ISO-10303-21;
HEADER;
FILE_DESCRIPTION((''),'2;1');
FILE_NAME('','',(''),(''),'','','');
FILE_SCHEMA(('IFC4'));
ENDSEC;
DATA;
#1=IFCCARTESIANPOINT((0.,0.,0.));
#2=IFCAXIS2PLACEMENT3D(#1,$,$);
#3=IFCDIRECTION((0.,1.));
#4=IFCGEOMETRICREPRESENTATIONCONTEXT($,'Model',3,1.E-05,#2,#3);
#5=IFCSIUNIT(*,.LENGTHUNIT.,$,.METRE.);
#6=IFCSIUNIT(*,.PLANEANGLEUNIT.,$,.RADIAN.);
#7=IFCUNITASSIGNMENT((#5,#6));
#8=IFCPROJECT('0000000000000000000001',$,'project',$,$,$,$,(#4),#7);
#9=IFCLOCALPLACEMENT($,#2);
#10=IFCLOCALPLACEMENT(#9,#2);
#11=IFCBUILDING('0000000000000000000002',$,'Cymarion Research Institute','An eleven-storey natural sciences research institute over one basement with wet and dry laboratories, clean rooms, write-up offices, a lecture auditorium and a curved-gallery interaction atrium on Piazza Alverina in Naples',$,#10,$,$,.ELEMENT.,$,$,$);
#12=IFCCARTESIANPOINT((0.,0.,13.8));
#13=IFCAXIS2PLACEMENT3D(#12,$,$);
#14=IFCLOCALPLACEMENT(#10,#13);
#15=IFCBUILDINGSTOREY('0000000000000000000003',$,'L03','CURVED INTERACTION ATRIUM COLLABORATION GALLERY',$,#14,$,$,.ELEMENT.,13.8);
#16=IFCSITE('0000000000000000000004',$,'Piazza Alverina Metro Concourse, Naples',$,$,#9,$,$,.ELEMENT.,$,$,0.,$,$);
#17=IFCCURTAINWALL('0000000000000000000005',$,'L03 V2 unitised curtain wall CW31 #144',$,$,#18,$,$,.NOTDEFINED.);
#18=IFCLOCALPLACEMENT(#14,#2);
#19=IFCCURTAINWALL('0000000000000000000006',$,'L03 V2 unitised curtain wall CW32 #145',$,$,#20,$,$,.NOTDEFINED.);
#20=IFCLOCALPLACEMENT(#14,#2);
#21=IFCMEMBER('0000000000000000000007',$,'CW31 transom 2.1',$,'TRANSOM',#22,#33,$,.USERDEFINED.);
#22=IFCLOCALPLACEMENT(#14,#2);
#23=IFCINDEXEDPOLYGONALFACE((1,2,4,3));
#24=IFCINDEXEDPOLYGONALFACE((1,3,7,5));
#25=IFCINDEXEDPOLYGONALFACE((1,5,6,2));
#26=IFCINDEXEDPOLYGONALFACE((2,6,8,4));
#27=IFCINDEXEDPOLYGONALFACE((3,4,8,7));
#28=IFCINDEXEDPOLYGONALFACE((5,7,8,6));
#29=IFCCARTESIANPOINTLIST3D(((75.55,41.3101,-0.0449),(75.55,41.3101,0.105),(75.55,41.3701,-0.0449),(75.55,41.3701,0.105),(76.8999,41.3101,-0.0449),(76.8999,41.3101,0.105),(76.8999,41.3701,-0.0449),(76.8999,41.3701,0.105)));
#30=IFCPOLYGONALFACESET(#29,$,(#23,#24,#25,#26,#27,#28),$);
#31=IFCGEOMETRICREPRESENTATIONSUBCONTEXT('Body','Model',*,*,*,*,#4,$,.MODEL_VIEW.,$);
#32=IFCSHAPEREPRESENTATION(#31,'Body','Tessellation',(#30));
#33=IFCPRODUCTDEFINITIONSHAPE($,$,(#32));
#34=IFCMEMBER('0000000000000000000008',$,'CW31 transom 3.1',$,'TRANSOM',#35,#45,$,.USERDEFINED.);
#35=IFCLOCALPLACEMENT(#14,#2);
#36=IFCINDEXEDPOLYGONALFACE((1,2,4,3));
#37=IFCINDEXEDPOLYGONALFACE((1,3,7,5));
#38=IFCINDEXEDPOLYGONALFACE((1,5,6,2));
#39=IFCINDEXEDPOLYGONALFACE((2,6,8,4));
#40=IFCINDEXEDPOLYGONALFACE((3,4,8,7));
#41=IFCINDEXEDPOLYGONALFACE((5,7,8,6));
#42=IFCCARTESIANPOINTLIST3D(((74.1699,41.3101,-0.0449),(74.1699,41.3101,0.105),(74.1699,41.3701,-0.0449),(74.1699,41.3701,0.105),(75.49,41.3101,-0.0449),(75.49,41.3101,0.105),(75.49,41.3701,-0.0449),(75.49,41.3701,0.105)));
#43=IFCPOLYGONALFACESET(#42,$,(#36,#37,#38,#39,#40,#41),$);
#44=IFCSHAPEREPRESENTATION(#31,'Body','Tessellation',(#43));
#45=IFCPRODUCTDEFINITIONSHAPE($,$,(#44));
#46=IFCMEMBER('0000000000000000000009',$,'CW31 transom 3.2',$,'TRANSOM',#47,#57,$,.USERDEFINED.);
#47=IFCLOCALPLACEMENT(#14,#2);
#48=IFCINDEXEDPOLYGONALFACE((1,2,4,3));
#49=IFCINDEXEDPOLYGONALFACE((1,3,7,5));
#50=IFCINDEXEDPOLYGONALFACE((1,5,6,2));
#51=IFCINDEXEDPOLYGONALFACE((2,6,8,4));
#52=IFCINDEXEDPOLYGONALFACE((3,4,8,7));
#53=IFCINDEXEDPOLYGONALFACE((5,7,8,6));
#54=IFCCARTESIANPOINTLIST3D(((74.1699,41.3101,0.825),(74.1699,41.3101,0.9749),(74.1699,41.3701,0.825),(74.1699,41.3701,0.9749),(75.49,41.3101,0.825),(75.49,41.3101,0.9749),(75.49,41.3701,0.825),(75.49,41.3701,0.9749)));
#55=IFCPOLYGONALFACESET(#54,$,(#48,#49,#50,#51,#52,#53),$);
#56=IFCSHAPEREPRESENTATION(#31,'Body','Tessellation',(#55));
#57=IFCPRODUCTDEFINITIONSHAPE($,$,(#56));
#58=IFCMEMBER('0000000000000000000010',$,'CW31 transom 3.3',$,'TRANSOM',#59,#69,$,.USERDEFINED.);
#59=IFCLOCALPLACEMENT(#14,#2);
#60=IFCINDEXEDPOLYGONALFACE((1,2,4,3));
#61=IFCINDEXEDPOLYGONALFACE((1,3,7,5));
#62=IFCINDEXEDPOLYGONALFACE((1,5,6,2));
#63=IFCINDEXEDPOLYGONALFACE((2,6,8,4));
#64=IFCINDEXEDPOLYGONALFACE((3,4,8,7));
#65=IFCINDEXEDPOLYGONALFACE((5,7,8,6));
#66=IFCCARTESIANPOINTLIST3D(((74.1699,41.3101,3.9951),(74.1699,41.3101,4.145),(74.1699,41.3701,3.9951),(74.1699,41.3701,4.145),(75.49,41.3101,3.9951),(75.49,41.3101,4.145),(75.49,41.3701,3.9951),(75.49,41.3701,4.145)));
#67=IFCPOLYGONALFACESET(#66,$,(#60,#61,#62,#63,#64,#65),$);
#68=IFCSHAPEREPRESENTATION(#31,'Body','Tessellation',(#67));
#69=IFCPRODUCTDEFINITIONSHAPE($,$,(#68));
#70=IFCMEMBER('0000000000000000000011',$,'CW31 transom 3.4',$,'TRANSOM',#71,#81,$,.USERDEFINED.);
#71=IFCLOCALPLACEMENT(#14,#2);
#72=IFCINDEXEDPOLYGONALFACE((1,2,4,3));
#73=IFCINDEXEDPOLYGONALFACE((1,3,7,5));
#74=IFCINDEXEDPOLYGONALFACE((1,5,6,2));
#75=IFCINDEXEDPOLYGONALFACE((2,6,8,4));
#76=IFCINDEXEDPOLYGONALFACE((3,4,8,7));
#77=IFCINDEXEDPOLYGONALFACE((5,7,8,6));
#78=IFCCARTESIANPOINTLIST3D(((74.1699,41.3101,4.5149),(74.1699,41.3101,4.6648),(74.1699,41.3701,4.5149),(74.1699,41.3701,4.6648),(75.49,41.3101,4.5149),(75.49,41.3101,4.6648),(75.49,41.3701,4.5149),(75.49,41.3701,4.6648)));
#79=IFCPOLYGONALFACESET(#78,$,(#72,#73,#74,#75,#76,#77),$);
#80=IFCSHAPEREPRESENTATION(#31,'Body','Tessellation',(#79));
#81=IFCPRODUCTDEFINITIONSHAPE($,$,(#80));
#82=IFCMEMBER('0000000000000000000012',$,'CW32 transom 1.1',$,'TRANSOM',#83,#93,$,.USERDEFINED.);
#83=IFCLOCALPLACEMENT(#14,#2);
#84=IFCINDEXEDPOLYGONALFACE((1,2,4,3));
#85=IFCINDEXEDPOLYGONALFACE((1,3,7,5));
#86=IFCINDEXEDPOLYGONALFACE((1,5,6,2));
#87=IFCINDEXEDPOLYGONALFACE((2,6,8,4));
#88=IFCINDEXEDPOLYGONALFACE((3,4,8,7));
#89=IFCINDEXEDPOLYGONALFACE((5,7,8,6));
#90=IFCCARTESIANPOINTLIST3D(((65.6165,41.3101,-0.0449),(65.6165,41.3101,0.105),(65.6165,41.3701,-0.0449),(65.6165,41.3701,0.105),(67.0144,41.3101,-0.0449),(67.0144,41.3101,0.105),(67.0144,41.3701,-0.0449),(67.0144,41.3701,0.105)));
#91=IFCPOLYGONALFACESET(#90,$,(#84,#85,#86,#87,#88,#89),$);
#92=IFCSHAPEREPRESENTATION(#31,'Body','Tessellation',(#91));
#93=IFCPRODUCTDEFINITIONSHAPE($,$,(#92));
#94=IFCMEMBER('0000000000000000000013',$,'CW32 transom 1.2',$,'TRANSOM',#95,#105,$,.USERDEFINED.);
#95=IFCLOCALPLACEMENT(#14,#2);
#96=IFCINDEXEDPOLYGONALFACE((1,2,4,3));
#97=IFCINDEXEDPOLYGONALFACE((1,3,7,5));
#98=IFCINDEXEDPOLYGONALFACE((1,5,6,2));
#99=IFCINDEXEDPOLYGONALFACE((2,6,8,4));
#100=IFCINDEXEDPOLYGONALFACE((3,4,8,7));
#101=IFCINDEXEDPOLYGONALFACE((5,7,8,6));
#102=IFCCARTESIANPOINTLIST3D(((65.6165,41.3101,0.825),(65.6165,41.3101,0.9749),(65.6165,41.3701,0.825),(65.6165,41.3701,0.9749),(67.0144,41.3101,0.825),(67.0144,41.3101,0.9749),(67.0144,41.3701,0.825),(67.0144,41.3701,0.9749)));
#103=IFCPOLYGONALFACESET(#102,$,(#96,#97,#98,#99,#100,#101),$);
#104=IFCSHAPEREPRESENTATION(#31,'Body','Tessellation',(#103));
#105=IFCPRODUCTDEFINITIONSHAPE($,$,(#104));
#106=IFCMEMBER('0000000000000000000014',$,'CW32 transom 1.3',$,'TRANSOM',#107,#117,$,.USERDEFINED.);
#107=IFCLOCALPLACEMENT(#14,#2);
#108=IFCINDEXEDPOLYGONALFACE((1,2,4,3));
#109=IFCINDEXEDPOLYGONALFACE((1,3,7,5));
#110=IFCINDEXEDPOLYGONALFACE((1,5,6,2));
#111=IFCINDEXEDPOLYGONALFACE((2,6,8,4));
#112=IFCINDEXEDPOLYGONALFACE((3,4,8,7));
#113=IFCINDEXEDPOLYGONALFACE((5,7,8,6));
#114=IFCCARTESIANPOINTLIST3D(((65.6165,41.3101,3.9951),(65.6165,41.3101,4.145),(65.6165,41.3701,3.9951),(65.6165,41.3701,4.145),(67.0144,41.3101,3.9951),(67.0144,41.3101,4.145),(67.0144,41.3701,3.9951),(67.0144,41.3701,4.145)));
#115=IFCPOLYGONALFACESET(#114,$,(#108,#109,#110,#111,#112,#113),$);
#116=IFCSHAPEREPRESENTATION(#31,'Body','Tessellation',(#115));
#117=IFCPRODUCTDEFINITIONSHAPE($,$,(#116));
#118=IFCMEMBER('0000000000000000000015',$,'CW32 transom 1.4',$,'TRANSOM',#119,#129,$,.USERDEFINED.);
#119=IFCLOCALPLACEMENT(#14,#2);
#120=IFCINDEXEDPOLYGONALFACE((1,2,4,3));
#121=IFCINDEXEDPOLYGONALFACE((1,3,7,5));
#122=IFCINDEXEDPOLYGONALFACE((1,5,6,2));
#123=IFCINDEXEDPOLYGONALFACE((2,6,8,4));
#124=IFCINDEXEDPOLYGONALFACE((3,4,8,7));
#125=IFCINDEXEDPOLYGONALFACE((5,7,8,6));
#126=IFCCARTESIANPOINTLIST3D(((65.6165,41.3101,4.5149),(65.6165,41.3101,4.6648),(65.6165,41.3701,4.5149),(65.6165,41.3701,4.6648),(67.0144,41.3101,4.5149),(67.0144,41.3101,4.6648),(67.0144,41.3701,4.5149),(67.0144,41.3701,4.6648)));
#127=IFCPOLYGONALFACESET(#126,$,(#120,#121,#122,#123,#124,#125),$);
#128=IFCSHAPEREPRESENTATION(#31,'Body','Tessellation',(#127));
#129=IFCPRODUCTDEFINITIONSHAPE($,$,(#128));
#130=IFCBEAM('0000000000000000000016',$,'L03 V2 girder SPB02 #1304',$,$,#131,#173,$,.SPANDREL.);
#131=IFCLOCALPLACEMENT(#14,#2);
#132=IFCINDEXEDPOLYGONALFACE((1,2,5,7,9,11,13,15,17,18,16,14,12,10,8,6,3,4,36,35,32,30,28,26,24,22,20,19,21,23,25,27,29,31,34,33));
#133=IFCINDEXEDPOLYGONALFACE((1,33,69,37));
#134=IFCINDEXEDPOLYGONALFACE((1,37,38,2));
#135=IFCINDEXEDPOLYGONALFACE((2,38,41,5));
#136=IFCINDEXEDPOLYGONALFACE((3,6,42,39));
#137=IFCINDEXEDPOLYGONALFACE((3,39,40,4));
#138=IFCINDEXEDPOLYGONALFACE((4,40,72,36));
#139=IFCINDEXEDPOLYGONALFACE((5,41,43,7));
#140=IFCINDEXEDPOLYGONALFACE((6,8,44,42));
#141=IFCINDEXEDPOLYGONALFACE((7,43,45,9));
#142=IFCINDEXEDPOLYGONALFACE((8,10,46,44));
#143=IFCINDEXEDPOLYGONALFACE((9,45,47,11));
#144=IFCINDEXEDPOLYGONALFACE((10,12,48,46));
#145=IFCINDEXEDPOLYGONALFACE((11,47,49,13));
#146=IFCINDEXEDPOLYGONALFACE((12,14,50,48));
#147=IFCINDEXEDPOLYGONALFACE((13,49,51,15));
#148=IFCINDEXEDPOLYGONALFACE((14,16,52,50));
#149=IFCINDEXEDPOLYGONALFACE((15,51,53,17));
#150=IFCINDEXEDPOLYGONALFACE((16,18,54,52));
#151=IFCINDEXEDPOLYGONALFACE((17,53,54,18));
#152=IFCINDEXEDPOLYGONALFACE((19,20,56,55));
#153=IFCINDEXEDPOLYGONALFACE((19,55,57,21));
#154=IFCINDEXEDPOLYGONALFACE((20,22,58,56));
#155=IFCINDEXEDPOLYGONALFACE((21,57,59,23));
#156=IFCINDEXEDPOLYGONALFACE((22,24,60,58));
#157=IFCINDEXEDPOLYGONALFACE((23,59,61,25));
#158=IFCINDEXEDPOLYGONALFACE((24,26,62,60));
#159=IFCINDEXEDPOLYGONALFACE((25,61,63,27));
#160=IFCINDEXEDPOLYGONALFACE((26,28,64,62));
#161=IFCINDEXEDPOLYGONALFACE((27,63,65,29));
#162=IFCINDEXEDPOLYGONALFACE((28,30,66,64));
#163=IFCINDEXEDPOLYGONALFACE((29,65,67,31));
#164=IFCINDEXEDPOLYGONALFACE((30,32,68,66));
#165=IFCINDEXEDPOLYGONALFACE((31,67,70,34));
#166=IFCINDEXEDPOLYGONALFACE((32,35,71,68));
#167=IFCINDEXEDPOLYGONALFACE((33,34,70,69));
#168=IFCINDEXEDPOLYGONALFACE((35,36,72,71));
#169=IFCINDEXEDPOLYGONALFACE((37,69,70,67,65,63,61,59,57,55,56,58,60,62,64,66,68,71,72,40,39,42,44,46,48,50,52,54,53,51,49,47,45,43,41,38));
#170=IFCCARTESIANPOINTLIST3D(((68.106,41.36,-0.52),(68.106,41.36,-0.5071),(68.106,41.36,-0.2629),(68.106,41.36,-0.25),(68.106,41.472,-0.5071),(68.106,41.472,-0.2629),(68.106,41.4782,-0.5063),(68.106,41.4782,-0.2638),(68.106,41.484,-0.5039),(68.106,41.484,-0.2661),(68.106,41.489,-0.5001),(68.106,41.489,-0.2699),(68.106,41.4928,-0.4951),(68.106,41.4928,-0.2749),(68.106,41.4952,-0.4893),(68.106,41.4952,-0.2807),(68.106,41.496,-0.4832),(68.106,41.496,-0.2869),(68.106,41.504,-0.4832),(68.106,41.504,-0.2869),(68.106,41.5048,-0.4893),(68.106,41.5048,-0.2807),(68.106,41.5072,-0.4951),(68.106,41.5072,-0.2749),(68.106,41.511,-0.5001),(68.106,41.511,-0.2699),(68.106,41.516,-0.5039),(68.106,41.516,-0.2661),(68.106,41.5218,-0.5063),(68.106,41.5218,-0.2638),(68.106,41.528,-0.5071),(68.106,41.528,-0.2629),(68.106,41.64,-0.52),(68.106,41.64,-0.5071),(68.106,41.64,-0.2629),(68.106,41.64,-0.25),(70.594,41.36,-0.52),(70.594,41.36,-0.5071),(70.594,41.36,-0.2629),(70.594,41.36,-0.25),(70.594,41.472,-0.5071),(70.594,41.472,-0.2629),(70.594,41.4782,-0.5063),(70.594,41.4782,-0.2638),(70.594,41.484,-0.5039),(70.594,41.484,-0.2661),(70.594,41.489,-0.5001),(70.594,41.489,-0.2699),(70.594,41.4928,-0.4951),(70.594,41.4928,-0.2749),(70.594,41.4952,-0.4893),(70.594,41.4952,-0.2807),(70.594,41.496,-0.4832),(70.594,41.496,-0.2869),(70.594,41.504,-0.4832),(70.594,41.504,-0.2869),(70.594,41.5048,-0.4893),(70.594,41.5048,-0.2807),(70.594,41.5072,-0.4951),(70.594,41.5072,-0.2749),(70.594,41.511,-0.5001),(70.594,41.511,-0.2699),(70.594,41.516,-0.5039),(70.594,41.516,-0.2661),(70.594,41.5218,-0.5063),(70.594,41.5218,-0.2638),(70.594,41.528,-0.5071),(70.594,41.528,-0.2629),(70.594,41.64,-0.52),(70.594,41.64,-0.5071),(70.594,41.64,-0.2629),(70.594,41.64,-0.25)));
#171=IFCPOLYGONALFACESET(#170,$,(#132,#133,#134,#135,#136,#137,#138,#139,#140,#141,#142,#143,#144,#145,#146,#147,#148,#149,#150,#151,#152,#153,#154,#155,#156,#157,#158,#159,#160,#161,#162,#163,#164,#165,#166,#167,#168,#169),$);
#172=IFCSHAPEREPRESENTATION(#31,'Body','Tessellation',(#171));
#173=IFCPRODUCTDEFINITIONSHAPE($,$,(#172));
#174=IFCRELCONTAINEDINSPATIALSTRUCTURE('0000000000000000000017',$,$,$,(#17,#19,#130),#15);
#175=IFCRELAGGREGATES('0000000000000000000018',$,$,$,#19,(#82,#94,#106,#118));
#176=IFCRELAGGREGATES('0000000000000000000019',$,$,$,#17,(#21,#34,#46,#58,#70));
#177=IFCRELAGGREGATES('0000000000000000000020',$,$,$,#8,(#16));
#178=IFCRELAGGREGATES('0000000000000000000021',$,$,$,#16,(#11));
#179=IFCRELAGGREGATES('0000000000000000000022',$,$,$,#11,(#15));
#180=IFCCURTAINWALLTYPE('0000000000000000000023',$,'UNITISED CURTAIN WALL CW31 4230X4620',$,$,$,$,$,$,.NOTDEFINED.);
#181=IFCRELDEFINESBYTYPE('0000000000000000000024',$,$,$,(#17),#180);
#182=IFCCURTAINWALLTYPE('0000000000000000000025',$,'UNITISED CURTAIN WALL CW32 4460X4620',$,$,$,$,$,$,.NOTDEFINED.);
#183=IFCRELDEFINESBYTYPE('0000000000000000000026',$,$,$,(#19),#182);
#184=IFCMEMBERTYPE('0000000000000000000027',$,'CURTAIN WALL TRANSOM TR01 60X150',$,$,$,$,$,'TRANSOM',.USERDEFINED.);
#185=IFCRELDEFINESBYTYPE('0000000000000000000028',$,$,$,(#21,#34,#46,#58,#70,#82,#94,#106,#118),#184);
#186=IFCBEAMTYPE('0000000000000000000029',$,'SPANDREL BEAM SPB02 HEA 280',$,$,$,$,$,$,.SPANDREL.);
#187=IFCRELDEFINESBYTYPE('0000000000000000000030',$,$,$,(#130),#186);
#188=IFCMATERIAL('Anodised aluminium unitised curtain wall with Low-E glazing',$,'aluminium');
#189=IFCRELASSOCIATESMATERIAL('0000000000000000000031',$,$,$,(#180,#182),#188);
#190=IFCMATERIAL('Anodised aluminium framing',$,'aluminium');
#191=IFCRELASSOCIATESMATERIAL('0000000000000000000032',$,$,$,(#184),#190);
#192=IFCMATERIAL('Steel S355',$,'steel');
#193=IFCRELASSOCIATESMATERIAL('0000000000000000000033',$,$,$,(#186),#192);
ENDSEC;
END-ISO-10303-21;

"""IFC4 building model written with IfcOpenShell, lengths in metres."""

from ifc_helpers import new_model, si_unit, direction, frame, origin, origin_2d, place, context, subcontext, project, spatial, rectangle, i_section, extrude, material, material_profile, profile_set, type_object, element, aggregate, save


model = new_model("IFC4")

# Units and contexts
model_context = context("Model", 3, precision=1e-05, world=origin(), true_north=direction((0.0, 1.0)))
body_context = subcontext(model_context, "Body", "Model", "MODEL_VIEW")
ifc_project = project(units=[si_unit("LENGTHUNIT", "METRE"), si_unit("PLANEANGLEUNIT", "RADIAN")], contexts=[model_context])

# Site, building, storey
site_placement = place(None, origin())
site = spatial("IfcSite", under=ifc_project, at=site_placement, Name="Piazza Alverina Metro Concourse, Naples", CompositionType="ELEMENT", RefElevation=0.0)
building_placement = place(site_placement, origin())
building = spatial("IfcBuilding", under=site, at=building_placement, Name="Cymarion Research Institute", Description="An eleven-storey natural sciences research institute over one basement with wet and dry laboratories, clean rooms, write-up offices, a lecture auditorium and a curved-gallery interaction atrium on Piazza Alverina in Naples", CompositionType="ELEMENT")
storey_placement = place(building_placement, frame((0.0, 0.0, 13.8)))
storey = spatial("IfcBuildingStorey", under=building, at=storey_placement, Name="L03", Description="CURVED INTERACTION ATRIUM COLLABORATION GALLERY", CompositionType="ELEMENT", Elevation=13.8)

# Shared definitions
ifc_material_1 = material(Name="Steel S355", Category="steel")

# Curtain wall
ifc_material_2 = material(Name="Anodised aluminium unitised curtain wall with Low-E glazing", Category="aluminium")
curtain_wall_type_1 = type_object("IfcCurtainWallType", Name="UNITISED CURTAIN WALL CW31 4230X4620", PredefinedType="NOTDEFINED", material=ifc_material_2)
curtain_wall_1_placement = place(storey_placement, origin())
curtain_wall_1 = element("IfcCurtainWall", 1, at=curtain_wall_1_placement, inside=storey, type_object=curtain_wall_type_1, Name="L03 V2 unitised curtain wall CW31 #144", PredefinedType="NOTDEFINED")
ifc_material_3 = material(Name="Anodised aluminium framing", Category="aluminium")

# Curtain wall
curtain_wall_type_2 = type_object("IfcCurtainWallType", Name="UNITISED CURTAIN WALL CW32 4460X4620", PredefinedType="NOTDEFINED", material=ifc_material_2)
curtain_wall_2_placement = place(storey_placement, origin())
curtain_wall_2 = element("IfcCurtainWall", 2, at=curtain_wall_2_placement, inside=storey, type_object=curtain_wall_type_2, Name="L03 V2 unitised curtain wall CW32 #145", PredefinedType="NOTDEFINED")

# Members
ifc_material_profile_1 = material_profile(ifc_material_3, rectangle(XDim=0.0601, YDim=0.1499, at=origin_2d()), Name="ALU TRANSOM 60x150")
ifc_profile_set_1 = profile_set([ifc_material_profile_1], Name="Anodised aluminium framing")
member_type_1 = type_object("IfcMemberType", Name="CURTAIN WALL TRANSOM TR01 60X150", ElementType="TRANSOM", PredefinedType="USERDEFINED", material=ifc_profile_set_1)
member_1_placement = place(storey_placement, frame((76.8999, 41.3401, 0.03), z_axis=(-1.0, 0.0, 0.0), x_axis=(0.0, -1.0, 0.0)))
member_1 = element("IfcMember", 3, at=member_1_placement, type_object=member_type_1, Name="CW31 transom 2.1", ObjectType="TRANSOM", PredefinedType="USERDEFINED", context=body_context, shape_type="SweptSolid", body=[
    extrude(rectangle(XDim=0.0601, YDim=0.1499, at=origin_2d()), origin(), (0.0, 0.0, 1.0), 1.3499),
])
member_2_placement = place(storey_placement, frame((75.49, 41.3401, 0.03), z_axis=(-1.0, 0.0, 0.0), x_axis=(0.0, -1.0, 0.0)))
member_2 = element("IfcMember", 4, at=member_2_placement, type_object=member_type_1, Name="CW31 transom 3.1", ObjectType="TRANSOM", PredefinedType="USERDEFINED", context=body_context, shape_type="SweptSolid", body=[
    extrude(rectangle(XDim=0.0601, YDim=0.1499, at=origin_2d()), origin(), (0.0, 0.0, 1.0), 1.3201),
])
member_3_placement = place(storey_placement, frame((75.49, 41.3401, 0.8999), z_axis=(-1.0, 0.0, 0.0), x_axis=(0.0, -1.0, 0.0)))
member_3 = element("IfcMember", 5, at=member_3_placement, type_object=member_type_1, Name="CW31 transom 3.2", ObjectType="TRANSOM", PredefinedType="USERDEFINED", context=body_context, shape_type="SweptSolid", body=[
    extrude(rectangle(XDim=0.0601, YDim=0.1499, at=origin_2d()), origin(), (0.0, 0.0, 1.0), 1.3201),
])
member_4_placement = place(storey_placement, frame((75.49, 41.3401, 4.0701), z_axis=(-1.0, 0.0, 0.0), x_axis=(0.0, -1.0, 0.0)))
member_4 = element("IfcMember", 6, at=member_4_placement, type_object=member_type_1, Name="CW31 transom 3.3", ObjectType="TRANSOM", PredefinedType="USERDEFINED", context=body_context, shape_type="SweptSolid", body=[
    extrude(rectangle(XDim=0.0601, YDim=0.1499, at=origin_2d()), origin(), (0.0, 0.0, 1.0), 1.3201),
])
member_5_placement = place(storey_placement, frame((75.49, 41.3401, 4.5898), z_axis=(-1.0, 0.0, 0.0), x_axis=(0.0, -1.0, 0.0)))
member_5 = element("IfcMember", 7, at=member_5_placement, type_object=member_type_1, Name="CW31 transom 3.4", ObjectType="TRANSOM", PredefinedType="USERDEFINED", context=body_context, shape_type="SweptSolid", body=[
    extrude(rectangle(XDim=0.0601, YDim=0.1499, at=origin_2d()), origin(), (0.0, 0.0, 1.0), 1.3201),
])
member_6_placement = place(storey_placement, frame((67.0144, 41.3401, 0.03), z_axis=(-1.0, 0.0, 0.0), x_axis=(0.0, -1.0, 0.0)))
member_6 = element("IfcMember", 8, at=member_6_placement, type_object=member_type_1, Name="CW32 transom 1.1", ObjectType="TRANSOM", PredefinedType="USERDEFINED", context=body_context, shape_type="SweptSolid", body=[
    extrude(rectangle(XDim=0.0601, YDim=0.1499, at=origin_2d()), origin(), (0.0, 0.0, 1.0), 1.3979),
])
member_7_placement = place(storey_placement, frame((67.0144, 41.3401, 0.8999), z_axis=(-1.0, 0.0, 0.0), x_axis=(0.0, -1.0, 0.0)))
member_7 = element("IfcMember", 9, at=member_7_placement, type_object=member_type_1, Name="CW32 transom 1.2", ObjectType="TRANSOM", PredefinedType="USERDEFINED", context=body_context, shape_type="SweptSolid", body=[
    extrude(rectangle(XDim=0.0601, YDim=0.1499, at=origin_2d()), origin(), (0.0, 0.0, 1.0), 1.3979),
])
member_8_placement = place(storey_placement, frame((67.0144, 41.3401, 4.0701), z_axis=(-1.0, 0.0, 0.0), x_axis=(0.0, -1.0, 0.0)))
member_8 = element("IfcMember", 10, at=member_8_placement, type_object=member_type_1, Name="CW32 transom 1.3", ObjectType="TRANSOM", PredefinedType="USERDEFINED", context=body_context, shape_type="SweptSolid", body=[
    extrude(rectangle(XDim=0.0601, YDim=0.1499, at=origin_2d()), origin(), (0.0, 0.0, 1.0), 1.3979),
])
member_9_placement = place(storey_placement, frame((67.0144, 41.3401, 4.5898), z_axis=(-1.0, 0.0, 0.0), x_axis=(0.0, -1.0, 0.0)))
member_9 = element("IfcMember", 11, at=member_9_placement, type_object=member_type_1, Name="CW32 transom 1.4", ObjectType="TRANSOM", PredefinedType="USERDEFINED", context=body_context, shape_type="SweptSolid", body=[
    extrude(rectangle(XDim=0.0601, YDim=0.1499, at=origin_2d()), origin(), (0.0, 0.0, 1.0), 1.3979),
])
aggregate(curtain_wall_2, [member_6, member_7, member_8, member_9])

# Beam
ifc_material_profile_2 = material_profile(ifc_material_1, i_section(OverallWidth=0.28, OverallDepth=0.27, WebThickness=0.0081, FlangeThickness=0.0129, FilletRadius=0.0239, at=origin_2d()), Name="HEA 280")
ifc_profile_set_2 = profile_set([ifc_material_profile_2], Name="Steel S355")
beam_type = type_object("IfcBeamType", Name="SPANDREL BEAM SPB02 HEA 280", PredefinedType="SPANDREL", material=ifc_profile_set_2)
beam_1_placement = place(storey_placement, frame((68.106, 41.5, -0.385), z_axis=(1.0, 0.0, 0.0), x_axis=(0.0, 1.0, 0.0)))
element("IfcBeam", 12, at=beam_1_placement, inside=storey, type_object=beam_type, Name="L03 V2 girder SPB02 #1304", PredefinedType="SPANDREL", context=body_context, shape_type="SweptSolid", body=[
    extrude(i_section(OverallWidth=0.28, OverallDepth=0.27, WebThickness=0.0081, FlangeThickness=0.0129, FilletRadius=0.0239, at=origin_2d()), origin(), (0.0, 0.0, 1.0), 2.488),
])

aggregate(curtain_wall_1, [member_1, member_2, member_3, member_4, member_5])

save(model, "model.ifc")
